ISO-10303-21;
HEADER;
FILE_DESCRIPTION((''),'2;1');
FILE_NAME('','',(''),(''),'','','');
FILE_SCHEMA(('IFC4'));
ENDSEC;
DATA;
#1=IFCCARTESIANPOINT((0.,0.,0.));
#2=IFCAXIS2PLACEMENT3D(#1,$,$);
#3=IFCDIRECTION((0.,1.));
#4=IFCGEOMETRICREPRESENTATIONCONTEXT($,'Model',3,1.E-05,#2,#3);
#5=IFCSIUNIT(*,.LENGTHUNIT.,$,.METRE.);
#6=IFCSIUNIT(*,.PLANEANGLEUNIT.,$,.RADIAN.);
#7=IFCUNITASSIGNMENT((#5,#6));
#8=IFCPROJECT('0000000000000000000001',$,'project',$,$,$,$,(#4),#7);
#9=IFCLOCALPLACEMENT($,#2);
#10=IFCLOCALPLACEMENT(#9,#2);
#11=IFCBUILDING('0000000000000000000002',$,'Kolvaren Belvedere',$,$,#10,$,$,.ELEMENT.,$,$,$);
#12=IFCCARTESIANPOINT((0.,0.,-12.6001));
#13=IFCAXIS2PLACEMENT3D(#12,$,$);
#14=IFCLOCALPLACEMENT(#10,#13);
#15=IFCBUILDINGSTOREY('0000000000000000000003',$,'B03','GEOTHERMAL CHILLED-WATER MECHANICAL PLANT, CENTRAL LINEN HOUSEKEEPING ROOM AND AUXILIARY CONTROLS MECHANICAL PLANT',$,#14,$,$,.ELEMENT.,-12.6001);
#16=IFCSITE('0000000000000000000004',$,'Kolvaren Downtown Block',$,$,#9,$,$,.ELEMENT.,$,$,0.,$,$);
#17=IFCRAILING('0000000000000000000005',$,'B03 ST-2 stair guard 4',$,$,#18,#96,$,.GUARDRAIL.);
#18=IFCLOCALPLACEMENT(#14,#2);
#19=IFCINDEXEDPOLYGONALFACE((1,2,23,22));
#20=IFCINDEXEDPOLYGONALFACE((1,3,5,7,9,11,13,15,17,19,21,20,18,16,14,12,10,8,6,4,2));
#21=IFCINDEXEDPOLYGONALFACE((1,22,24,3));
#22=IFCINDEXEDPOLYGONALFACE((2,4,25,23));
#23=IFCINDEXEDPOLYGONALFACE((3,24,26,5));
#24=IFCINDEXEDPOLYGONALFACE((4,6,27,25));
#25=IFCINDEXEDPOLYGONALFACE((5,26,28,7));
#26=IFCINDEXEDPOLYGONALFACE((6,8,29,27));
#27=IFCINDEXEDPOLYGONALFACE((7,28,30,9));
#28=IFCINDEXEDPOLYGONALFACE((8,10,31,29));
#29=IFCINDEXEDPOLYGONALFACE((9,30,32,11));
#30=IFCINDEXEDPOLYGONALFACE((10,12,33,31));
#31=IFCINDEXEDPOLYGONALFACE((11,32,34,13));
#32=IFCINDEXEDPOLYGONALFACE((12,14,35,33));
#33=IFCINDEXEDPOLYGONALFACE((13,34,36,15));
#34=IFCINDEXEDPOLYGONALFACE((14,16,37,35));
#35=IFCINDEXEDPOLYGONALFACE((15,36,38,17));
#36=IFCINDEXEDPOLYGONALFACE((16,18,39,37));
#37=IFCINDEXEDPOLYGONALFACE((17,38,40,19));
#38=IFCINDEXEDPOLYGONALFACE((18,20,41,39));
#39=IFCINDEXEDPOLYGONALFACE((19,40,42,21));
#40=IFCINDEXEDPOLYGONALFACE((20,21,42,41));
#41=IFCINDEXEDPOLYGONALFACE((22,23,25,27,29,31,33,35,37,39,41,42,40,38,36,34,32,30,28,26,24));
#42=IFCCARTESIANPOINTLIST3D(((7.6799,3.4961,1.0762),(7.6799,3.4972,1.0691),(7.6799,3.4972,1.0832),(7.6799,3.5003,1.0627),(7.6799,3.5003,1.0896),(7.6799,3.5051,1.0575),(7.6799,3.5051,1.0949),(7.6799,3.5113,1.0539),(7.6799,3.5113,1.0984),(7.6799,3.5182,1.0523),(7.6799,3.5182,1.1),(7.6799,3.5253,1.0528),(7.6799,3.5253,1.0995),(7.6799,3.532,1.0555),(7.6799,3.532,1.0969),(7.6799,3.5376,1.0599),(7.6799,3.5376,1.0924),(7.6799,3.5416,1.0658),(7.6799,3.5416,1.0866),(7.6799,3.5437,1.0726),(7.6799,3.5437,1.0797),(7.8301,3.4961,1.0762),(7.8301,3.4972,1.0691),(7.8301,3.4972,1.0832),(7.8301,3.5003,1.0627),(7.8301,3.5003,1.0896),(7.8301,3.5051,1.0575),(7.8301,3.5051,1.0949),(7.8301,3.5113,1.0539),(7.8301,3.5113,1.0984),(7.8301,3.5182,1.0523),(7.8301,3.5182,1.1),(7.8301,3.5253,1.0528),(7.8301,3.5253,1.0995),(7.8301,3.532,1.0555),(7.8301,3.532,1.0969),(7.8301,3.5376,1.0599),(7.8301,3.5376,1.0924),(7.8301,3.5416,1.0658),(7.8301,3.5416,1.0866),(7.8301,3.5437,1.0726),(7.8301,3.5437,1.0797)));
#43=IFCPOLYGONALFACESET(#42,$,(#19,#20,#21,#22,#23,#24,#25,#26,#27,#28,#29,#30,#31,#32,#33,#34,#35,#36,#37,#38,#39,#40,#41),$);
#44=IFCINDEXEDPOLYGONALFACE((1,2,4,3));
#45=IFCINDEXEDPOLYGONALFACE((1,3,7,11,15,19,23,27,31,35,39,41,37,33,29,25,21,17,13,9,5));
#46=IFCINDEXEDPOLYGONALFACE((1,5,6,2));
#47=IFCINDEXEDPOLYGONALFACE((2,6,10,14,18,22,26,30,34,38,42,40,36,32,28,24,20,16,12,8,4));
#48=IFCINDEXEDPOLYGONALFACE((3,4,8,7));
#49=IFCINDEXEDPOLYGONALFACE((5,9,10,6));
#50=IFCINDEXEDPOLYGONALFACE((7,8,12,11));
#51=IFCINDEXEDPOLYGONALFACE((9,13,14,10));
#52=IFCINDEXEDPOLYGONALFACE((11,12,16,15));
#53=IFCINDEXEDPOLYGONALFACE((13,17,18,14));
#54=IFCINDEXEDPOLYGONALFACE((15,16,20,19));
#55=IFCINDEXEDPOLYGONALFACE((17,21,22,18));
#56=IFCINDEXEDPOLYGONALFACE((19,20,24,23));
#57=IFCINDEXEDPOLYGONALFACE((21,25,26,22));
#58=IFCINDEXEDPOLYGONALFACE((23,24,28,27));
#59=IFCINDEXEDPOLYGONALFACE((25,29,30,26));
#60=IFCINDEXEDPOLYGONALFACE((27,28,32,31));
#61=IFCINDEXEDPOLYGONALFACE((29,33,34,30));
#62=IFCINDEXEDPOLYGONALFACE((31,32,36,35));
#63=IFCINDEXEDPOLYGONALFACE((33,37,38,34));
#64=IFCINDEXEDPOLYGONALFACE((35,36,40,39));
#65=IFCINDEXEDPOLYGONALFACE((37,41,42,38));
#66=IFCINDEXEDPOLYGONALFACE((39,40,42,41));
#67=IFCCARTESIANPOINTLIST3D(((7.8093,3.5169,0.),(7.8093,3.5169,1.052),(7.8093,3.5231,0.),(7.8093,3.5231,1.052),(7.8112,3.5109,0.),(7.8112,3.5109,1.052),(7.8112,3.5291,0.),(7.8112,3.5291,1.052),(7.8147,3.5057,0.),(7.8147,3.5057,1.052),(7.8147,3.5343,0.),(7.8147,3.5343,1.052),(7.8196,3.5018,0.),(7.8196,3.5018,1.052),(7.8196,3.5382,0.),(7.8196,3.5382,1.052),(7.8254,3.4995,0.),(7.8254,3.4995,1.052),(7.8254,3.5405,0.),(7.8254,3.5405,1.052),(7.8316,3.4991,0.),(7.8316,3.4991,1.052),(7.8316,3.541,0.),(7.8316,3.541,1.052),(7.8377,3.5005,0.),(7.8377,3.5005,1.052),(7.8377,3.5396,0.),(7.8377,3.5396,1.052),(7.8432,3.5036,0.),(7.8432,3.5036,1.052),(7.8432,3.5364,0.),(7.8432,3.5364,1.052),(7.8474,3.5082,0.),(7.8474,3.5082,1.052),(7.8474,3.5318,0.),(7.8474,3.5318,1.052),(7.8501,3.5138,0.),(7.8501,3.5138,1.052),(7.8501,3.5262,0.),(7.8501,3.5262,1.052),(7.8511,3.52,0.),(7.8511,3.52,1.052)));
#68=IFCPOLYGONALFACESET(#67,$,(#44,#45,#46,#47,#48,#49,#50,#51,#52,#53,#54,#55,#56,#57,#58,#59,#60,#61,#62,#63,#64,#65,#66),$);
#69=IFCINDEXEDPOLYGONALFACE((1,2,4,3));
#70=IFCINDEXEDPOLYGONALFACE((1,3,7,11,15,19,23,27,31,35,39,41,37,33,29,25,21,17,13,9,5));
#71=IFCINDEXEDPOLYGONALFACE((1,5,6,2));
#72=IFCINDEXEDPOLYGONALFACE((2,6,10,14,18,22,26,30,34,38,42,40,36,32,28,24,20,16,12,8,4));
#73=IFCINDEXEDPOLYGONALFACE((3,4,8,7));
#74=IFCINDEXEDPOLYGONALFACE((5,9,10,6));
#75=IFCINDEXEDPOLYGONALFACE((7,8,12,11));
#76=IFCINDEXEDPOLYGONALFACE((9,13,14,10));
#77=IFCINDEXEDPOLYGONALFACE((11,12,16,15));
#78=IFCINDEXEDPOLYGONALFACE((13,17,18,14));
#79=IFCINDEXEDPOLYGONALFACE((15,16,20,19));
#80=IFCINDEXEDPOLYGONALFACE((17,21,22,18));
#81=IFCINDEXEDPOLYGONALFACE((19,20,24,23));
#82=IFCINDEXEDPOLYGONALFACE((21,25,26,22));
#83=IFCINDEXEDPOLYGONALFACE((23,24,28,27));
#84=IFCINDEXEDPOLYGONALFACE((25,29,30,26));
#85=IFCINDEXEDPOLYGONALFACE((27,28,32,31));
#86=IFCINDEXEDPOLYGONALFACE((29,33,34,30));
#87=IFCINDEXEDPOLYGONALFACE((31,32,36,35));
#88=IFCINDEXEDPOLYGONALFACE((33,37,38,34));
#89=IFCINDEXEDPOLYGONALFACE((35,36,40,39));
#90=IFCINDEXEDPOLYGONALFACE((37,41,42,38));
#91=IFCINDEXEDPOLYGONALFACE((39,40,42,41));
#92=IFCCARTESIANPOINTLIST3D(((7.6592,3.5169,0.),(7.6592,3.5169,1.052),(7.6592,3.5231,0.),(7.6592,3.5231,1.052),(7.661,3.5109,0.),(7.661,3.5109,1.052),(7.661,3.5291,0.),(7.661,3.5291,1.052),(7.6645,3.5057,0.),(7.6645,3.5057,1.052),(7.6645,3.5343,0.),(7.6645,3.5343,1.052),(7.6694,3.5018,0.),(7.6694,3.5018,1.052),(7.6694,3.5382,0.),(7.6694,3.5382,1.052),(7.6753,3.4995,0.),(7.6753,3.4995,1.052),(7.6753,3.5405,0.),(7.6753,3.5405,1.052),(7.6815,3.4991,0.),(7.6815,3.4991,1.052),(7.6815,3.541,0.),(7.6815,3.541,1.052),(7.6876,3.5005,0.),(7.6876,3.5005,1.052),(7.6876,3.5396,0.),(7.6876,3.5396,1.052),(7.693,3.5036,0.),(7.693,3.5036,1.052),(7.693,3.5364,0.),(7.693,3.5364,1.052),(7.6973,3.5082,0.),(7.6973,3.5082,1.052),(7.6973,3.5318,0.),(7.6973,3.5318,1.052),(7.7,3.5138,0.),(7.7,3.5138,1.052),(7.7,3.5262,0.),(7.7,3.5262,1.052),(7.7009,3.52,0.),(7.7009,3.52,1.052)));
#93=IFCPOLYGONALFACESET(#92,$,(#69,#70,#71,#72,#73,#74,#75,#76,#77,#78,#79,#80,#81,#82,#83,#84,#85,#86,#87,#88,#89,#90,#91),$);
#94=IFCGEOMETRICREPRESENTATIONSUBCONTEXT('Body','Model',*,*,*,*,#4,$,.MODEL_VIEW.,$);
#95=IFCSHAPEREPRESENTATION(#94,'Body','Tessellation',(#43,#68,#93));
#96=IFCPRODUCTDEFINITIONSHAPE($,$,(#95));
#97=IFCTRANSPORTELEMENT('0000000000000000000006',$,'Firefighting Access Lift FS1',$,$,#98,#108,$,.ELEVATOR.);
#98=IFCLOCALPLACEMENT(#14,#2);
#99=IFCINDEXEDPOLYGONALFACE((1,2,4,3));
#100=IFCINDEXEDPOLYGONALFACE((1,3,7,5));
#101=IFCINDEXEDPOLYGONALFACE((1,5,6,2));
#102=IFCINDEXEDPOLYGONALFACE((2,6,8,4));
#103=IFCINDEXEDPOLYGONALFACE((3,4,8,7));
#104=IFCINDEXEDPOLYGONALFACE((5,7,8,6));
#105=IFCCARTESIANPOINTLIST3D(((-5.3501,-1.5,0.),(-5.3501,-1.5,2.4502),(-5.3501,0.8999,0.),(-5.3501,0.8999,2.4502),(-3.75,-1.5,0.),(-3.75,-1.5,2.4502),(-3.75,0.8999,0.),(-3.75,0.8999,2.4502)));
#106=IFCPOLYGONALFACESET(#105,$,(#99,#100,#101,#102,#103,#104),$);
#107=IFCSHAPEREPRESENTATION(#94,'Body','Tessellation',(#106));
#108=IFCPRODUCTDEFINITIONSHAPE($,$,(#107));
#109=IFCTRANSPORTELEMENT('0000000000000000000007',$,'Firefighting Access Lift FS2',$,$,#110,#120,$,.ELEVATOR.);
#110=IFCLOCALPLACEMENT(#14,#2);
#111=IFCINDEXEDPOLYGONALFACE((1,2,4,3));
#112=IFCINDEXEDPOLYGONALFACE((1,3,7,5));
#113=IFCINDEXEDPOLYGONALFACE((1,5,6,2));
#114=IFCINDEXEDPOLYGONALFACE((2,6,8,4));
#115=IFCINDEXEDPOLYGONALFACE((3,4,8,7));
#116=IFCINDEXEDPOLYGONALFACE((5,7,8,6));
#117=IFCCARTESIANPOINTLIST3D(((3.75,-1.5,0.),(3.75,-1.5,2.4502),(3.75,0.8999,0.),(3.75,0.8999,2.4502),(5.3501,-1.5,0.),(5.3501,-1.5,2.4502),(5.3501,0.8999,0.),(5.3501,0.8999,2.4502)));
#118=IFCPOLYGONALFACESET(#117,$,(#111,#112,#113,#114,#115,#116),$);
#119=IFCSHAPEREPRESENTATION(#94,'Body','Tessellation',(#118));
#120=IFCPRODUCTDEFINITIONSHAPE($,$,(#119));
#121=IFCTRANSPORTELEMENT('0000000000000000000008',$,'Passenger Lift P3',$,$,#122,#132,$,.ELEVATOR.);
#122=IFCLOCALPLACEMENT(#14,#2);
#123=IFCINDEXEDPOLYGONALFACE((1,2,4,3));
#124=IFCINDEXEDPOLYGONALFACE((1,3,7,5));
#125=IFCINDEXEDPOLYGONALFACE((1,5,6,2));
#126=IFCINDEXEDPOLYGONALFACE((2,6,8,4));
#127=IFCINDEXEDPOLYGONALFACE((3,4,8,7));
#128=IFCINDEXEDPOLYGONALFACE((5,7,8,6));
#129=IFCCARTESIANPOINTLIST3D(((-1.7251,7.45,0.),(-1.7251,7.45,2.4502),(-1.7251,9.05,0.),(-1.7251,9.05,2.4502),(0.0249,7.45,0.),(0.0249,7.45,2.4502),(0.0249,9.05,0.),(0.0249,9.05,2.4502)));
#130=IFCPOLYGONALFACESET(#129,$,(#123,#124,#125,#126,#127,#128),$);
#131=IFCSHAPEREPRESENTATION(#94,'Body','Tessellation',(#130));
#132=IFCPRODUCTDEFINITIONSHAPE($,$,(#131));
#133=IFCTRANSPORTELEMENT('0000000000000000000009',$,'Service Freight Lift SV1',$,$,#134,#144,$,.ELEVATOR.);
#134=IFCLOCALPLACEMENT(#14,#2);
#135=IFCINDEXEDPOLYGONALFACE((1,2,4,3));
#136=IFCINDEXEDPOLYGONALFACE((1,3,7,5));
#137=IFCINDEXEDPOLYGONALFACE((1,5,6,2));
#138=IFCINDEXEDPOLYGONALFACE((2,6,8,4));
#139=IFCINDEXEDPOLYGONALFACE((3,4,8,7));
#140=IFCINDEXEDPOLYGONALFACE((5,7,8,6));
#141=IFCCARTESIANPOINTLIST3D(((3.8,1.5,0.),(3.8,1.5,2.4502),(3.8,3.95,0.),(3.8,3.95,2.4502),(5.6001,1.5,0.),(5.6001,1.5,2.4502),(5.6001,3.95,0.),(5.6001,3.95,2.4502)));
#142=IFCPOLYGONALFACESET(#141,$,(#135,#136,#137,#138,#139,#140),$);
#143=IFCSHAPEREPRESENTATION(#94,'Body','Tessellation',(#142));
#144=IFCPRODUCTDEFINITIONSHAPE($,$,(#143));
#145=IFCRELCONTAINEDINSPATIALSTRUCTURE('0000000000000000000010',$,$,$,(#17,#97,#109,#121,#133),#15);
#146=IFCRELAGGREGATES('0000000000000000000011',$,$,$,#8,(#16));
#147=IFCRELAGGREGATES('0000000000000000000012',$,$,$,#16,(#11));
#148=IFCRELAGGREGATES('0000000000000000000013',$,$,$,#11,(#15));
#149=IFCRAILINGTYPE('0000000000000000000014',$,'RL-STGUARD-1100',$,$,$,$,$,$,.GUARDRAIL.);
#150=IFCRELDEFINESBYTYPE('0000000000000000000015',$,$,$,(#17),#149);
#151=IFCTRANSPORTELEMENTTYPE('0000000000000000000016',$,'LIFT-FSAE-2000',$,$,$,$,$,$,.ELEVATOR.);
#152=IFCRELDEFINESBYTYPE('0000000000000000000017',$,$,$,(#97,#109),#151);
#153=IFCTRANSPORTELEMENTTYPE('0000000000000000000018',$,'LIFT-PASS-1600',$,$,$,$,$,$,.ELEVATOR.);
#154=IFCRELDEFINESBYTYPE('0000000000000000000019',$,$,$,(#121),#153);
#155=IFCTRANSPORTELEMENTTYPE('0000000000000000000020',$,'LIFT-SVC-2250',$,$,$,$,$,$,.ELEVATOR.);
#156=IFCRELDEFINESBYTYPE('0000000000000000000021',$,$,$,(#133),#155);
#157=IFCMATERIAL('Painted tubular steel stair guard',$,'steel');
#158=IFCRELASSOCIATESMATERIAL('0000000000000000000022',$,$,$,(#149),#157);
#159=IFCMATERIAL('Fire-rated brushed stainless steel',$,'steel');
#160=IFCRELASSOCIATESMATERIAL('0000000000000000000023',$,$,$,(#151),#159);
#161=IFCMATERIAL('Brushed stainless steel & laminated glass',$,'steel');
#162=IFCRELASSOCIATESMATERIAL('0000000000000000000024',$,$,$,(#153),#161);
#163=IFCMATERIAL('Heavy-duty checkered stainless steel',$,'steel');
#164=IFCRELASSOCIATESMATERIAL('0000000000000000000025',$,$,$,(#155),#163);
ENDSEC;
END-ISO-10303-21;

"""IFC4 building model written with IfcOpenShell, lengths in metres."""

from ifc_helpers import new_model, si_unit, direction, frame, origin, origin_2d, place, context, subcontext, project, spatial, polyline, circle, outline, extrude, material, type_object, element, save


model = new_model("IFC4")

# Units and contexts
model_context = context("Model", 3, precision=1e-05, world=origin(), true_north=direction((0.0, 1.0)))
body_context = subcontext(model_context, "Body", "Model", "MODEL_VIEW")
ifc_project = project(units=[si_unit("LENGTHUNIT", "METRE"), si_unit("PLANEANGLEUNIT", "RADIAN")], contexts=[model_context])

# Site, building, storey
site_placement = place(None, origin())
site = spatial("IfcSite", under=ifc_project, at=site_placement, Name="Kolvaren Downtown Block", CompositionType="ELEMENT", RefElevation=0.0)
building_placement = place(site_placement, origin())
building = spatial("IfcBuilding", under=site, at=building_placement, Name="Kolvaren Belvedere", CompositionType="ELEMENT")
storey_placement = place(building_placement, frame((0.0, 0.0, -12.6001)))
storey = spatial("IfcBuildingStorey", under=building, at=storey_placement, Name="B03", Description="GEOTHERMAL CHILLED-WATER MECHANICAL PLANT, CENTRAL LINEN HOUSEKEEPING ROOM AND AUXILIARY CONTROLS MECHANICAL PLANT", CompositionType="ELEMENT", Elevation=-12.6001)

# Railing
ifc_material_1 = material(Name="Painted tubular steel stair guard", Category="steel")
railing_type_1 = type_object("IfcRailingType", Name="RL-STGUARD-1100", PredefinedType="GUARDRAIL", material=ifc_material_1)
railing_1_placement = place(storey_placement, frame((7.8301, 3.52, 0.0)))
element("IfcRailing", 1, at=railing_1_placement, inside=storey, type_object=railing_type_1, Name="B03 ST-2 stair guard 4", PredefinedType="GUARDRAIL", context=body_context, shape_type="SweptSolid", body=[
    extrude(circle(Radius=0.0239, at=origin_2d()), frame((0.0, 0.0, 1.0762), z_axis=(-1.0, 0.0, 0.0), x_axis=(0.0, -1.0, 0.0)), (0.0, 0.0, 1.0), 0.1501),
    extrude(circle(Radius=0.021, at=origin_2d()), origin(), (0.0, 0.0, 1.0), 1.052),
    extrude(circle(Radius=0.021, at=origin_2d()), frame((-0.1501, 0.0, 0.0)), (0.0, 0.0, 1.0), 1.052),
])

# Transport elements
ifc_material_2 = material(Name="Fire-rated brushed stainless steel", Category="steel")
transport_element_type_1 = type_object("IfcTransportElementType", Name="LIFT-FSAE-2000", PredefinedType="ELEVATOR", material=ifc_material_2)
transport_element_1_placement = place(storey_placement, origin())
element("IfcTransportElement", 2, at=transport_element_1_placement, inside=storey, type_object=transport_element_type_1, Name="Firefighting Access Lift FS1", PredefinedType="ELEVATOR", context=body_context, shape_type="SweptSolid", body=[
    extrude(outline(polyline([(-5.3501, -1.5), (-3.75, -1.5), (-3.75, 0.8999), (-5.3501, 0.8999), (-5.3501, -1.5)])), origin(), (0.0, 0.0, 1.0), 2.4502),
])
transport_element_2_placement = place(storey_placement, origin())
element("IfcTransportElement", 3, at=transport_element_2_placement, inside=storey, type_object=transport_element_type_1, Name="Firefighting Access Lift FS2", PredefinedType="ELEVATOR", context=body_context, shape_type="SweptSolid", body=[
    extrude(outline(polyline([(3.75, -1.5), (5.3501, -1.5), (5.3501, 0.8999), (3.75, 0.8999), (3.75, -1.5)])), origin(), (0.0, 0.0, 1.0), 2.4502),
])
ifc_material_3 = material(Name="Brushed stainless steel & laminated glass", Category="steel")
transport_element_type_2 = type_object("IfcTransportElementType", Name="LIFT-PASS-1600", PredefinedType="ELEVATOR", material=ifc_material_3)
transport_element_3_placement = place(storey_placement, origin())
element("IfcTransportElement", 4, at=transport_element_3_placement, inside=storey, type_object=transport_element_type_2, Name="Passenger Lift P3", PredefinedType="ELEVATOR", context=body_context, shape_type="SweptSolid", body=[
    extrude(outline(polyline([(-1.7251, 7.45), (0.0249, 7.45), (0.0249, 9.05), (-1.7251, 9.05), (-1.7251, 7.45)])), origin(), (0.0, 0.0, 1.0), 2.4502),
])
ifc_material_4 = material(Name="Heavy-duty checkered stainless steel", Category="steel")
transport_element_type_3 = type_object("IfcTransportElementType", Name="LIFT-SVC-2250", PredefinedType="ELEVATOR", material=ifc_material_4)
transport_element_4_placement = place(storey_placement, origin())
element("IfcTransportElement", 5, at=transport_element_4_placement, inside=storey, type_object=transport_element_type_3, Name="Service Freight Lift SV1", PredefinedType="ELEVATOR", context=body_context, shape_type="SweptSolid", body=[
    extrude(outline(polyline([(3.8, 1.5), (5.6001, 1.5), (5.6001, 3.95), (3.8, 3.95), (3.8, 1.5)])), origin(), (0.0, 0.0, 1.0), 2.4502),
])

save(model, "model.ifc")
